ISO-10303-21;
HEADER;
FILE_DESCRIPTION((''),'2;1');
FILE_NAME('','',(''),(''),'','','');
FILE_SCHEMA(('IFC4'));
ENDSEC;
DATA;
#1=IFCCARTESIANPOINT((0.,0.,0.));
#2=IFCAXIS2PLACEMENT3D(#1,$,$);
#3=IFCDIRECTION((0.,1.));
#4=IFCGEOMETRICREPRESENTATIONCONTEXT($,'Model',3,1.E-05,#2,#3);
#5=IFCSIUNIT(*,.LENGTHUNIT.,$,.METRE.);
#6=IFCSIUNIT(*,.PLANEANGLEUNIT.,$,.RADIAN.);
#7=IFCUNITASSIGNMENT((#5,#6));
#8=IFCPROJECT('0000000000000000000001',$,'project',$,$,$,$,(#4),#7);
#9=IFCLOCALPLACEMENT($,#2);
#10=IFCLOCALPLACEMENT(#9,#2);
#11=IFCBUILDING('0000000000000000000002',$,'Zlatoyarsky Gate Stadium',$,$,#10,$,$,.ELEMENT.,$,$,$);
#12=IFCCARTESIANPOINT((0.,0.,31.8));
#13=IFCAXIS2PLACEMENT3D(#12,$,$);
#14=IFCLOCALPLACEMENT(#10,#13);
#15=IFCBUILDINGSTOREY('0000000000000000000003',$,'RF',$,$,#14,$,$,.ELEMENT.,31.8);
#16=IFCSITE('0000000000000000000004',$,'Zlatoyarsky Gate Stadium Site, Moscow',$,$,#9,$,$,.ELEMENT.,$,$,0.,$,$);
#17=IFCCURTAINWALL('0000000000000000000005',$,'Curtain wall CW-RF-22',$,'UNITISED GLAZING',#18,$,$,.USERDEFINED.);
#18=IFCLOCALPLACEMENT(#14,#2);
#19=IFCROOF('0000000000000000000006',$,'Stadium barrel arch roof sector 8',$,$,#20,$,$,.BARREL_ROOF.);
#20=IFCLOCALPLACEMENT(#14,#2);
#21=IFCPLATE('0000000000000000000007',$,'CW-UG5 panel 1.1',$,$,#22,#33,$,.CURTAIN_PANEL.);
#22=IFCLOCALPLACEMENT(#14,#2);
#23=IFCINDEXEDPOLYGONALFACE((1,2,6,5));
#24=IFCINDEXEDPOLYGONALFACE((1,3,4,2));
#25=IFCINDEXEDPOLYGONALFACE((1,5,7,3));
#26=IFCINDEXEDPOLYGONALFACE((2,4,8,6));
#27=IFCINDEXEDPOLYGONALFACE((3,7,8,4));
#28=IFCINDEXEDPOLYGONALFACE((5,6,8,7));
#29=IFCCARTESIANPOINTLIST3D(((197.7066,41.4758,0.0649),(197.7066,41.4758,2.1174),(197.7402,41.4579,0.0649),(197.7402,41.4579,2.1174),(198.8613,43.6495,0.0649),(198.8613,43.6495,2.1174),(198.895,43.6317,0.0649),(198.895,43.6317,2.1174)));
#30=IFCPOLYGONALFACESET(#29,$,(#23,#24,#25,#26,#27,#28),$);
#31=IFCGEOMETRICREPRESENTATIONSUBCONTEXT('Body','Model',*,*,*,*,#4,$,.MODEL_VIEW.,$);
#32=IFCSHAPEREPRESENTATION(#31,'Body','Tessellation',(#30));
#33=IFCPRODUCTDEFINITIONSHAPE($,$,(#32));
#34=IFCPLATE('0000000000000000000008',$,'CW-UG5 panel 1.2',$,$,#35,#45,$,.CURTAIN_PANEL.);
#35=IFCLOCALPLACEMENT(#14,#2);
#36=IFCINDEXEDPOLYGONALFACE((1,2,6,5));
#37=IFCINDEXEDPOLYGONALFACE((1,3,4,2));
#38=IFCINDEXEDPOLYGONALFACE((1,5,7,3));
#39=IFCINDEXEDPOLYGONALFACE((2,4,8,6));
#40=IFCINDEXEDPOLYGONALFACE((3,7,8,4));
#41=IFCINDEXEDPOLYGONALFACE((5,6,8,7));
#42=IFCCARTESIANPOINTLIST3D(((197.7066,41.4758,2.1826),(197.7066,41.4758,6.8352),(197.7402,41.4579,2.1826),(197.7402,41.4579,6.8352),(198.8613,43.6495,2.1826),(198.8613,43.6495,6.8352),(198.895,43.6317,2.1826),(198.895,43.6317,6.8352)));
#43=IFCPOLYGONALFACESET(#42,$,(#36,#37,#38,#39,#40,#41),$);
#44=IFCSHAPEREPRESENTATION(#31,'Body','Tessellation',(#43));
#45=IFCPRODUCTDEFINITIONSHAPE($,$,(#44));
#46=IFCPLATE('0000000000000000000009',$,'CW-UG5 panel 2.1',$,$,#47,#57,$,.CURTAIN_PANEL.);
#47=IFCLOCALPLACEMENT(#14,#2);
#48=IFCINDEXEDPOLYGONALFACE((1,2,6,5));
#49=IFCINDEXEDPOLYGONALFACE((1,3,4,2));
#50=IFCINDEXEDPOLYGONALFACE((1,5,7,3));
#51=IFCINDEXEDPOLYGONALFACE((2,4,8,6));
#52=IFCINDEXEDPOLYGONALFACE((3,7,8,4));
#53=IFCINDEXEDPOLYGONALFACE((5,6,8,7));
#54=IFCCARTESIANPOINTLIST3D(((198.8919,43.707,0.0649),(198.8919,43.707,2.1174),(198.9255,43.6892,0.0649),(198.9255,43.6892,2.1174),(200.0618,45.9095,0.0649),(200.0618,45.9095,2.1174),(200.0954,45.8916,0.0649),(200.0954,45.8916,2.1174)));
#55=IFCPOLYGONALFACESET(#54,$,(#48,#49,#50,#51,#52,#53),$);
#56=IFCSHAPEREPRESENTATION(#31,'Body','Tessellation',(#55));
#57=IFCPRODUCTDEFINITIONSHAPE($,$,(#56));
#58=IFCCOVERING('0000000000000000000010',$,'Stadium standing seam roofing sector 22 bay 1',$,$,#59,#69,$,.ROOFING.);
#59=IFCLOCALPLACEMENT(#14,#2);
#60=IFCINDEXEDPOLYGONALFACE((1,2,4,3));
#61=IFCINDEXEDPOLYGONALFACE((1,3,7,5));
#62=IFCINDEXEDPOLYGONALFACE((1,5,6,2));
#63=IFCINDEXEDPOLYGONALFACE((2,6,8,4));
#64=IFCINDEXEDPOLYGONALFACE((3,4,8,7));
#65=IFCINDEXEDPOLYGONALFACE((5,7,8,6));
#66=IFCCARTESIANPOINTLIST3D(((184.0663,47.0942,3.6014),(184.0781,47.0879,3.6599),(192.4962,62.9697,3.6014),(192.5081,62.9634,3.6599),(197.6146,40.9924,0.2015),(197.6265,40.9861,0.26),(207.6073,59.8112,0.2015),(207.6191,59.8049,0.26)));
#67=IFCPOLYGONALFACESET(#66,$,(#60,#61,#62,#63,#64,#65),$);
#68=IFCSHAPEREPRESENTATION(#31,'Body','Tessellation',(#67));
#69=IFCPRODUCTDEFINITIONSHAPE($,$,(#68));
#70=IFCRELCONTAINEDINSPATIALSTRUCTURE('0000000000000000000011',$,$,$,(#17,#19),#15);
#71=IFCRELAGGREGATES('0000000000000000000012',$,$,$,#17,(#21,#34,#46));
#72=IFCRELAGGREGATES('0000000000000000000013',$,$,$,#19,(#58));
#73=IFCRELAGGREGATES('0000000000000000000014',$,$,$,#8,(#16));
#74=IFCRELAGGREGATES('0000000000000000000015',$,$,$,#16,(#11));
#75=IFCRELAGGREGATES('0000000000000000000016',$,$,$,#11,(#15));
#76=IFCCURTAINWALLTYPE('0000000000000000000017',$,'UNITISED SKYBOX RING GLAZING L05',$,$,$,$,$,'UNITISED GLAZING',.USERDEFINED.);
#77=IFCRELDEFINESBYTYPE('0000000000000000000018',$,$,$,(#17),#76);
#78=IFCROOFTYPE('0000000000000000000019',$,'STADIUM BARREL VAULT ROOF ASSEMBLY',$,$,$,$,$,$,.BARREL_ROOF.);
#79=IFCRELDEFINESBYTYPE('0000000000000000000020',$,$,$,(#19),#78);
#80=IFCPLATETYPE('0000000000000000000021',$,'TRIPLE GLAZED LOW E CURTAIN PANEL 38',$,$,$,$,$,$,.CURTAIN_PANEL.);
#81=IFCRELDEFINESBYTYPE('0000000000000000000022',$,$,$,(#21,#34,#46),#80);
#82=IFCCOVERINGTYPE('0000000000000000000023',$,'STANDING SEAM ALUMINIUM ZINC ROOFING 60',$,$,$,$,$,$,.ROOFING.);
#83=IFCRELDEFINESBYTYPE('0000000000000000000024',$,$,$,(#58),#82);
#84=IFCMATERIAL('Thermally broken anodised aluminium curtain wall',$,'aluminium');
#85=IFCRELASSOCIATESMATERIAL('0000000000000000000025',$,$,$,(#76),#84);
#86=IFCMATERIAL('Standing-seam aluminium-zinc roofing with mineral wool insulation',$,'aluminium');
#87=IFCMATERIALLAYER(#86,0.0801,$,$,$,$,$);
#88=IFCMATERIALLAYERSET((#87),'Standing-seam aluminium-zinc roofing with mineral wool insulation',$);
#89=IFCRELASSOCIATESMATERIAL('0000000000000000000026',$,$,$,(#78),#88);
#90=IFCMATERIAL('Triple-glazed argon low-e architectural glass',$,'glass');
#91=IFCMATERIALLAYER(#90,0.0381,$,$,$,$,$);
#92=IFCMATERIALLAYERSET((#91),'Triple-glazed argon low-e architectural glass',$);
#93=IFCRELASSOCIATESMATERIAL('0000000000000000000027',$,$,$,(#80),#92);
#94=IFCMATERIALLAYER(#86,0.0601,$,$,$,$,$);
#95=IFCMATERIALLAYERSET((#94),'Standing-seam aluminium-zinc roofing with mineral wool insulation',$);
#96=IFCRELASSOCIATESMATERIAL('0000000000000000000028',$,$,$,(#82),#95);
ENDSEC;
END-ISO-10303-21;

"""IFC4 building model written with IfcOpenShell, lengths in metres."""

from ifc_helpers import new_model, si_unit, direction, frame, origin, origin_2d, place, context, subcontext, project, spatial, polyline, rectangle, outline, extrude, material, layer, layer_set, type_object, element, aggregate, save


model = new_model("IFC4")

# Units and contexts
model_context = context("Model", 3, precision=1e-05, world=origin(), true_north=direction((0.0, 1.0)))
body_context = subcontext(model_context, "Body", "Model", "MODEL_VIEW")
ifc_project = project(units=[si_unit("LENGTHUNIT", "METRE"), si_unit("PLANEANGLEUNIT", "RADIAN")], contexts=[model_context])

# Site, building, storey
site_placement = place(None, origin())
site = spatial("IfcSite", under=ifc_project, at=site_placement, Name="Zlatoyarsky Gate Stadium Site, Moscow", CompositionType="ELEMENT", RefElevation=0.0)
building_placement = place(site_placement, origin())
building = spatial("IfcBuilding", under=site, at=building_placement, Name="Zlatoyarsky Gate Stadium", CompositionType="ELEMENT")
storey_placement = place(building_placement, frame((0.0, 0.0, 31.8)))
storey = spatial("IfcBuildingStorey", under=building, at=storey_placement, Name="RF", CompositionType="ELEMENT", Elevation=31.8)

# Curtain wall
ifc_material_1 = material(Name="Thermally broken anodised aluminium curtain wall", Category="aluminium")
curtain_wall_type = type_object("IfcCurtainWallType", Name="UNITISED SKYBOX RING GLAZING L05", ElementType="UNITISED GLAZING", PredefinedType="USERDEFINED", material=ifc_material_1)
curtain_wall_1_placement = place(storey_placement, origin())
curtain_wall_1 = element("IfcCurtainWall", 1, at=curtain_wall_1_placement, inside=storey, type_object=curtain_wall_type, Name="Curtain wall CW-RF-22", ObjectType="UNITISED GLAZING", PredefinedType="USERDEFINED")

# Roof
ifc_material_2 = material(Name="Standing-seam aluminium-zinc roofing with mineral wool insulation", Category="aluminium")
ifc_layer_1 = layer(ifc_material_2, 0.0801)
ifc_layer_set_1 = layer_set([ifc_layer_1], Name="Standing-seam aluminium-zinc roofing with mineral wool insulation")
roof_type = type_object("IfcRoofType", Name="STADIUM BARREL VAULT ROOF ASSEMBLY", PredefinedType="BARREL_ROOF", material=ifc_layer_set_1)
roof_placement = place(storey_placement, origin())
roof = element("IfcRoof", 2, at=roof_placement, inside=storey, type_object=roof_type, Name="Stadium barrel arch roof sector 8", PredefinedType="BARREL_ROOF")

# Plates
ifc_material_3 = material(Name="Triple-glazed argon low-e architectural glass", Category="glass")
ifc_layer_2 = layer(ifc_material_3, 0.0381)
ifc_layer_set_2 = layer_set([ifc_layer_2], Name="Triple-glazed argon low-e architectural glass")
plate_type_1 = type_object("IfcPlateType", Name="TRIPLE GLAZED LOW E CURTAIN PANEL 38", PredefinedType="CURTAIN_PANEL", material=ifc_layer_set_2)
plate_1_placement = place(storey_placement, frame((198.3008, 42.5537, 0.0649), z_axis=(0.0, 0.0, 1.0), x_axis=(0.469127, 0.883131, 0.0)))
plate_1 = element("IfcPlate", 3, at=plate_1_placement, type_object=plate_type_1, Name="CW-UG5 panel 1.1", PredefinedType="CURTAIN_PANEL", context=body_context, shape_type="SweptSolid", body=[
    extrude(rectangle(XDim=2.4614, YDim=0.0381, at=origin_2d()), origin(), (0.0, 0.0, 1.0), 2.0525),
])
plate_2_placement = place(storey_placement, frame((198.3008, 42.5537, 2.1826), z_axis=(0.0, 0.0, 1.0), x_axis=(0.469127, 0.883131, 0.0)))
plate_2 = element("IfcPlate", 4, at=plate_2_placement, type_object=plate_type_1, Name="CW-UG5 panel 1.2", PredefinedType="CURTAIN_PANEL", context=body_context, shape_type="SweptSolid", body=[
    extrude(rectangle(XDim=2.4614, YDim=0.0381, at=origin_2d()), origin(), (0.0, 0.0, 1.0), 4.6526),
])
plate_3_placement = place(storey_placement, frame((199.4937, 44.7993, 0.0649), z_axis=(0.0, 0.0, 1.0), x_axis=(0.469127, 0.883131, 0.0)))
plate_3 = element("IfcPlate", 5, at=plate_3_placement, type_object=plate_type_1, Name="CW-UG5 panel 2.1", PredefinedType="CURTAIN_PANEL", context=body_context, shape_type="SweptSolid", body=[
    extrude(rectangle(XDim=2.4939, YDim=0.0381, at=origin_2d()), origin(), (0.0, 0.0, 1.0), 2.0525),
])
aggregate(curtain_wall_1, [plate_1, plate_2, plate_3])

# Covering
ifc_layer_3 = layer(ifc_material_2, 0.0601)
ifc_layer_set_3 = layer_set([ifc_layer_3], Name="Standing-seam aluminium-zinc roofing with mineral wool insulation")
covering_type = type_object("IfcCoveringType", Name="STANDING SEAM ALUMINIUM ZINC ROOFING 60", PredefinedType="ROOFING", material=ifc_layer_set_3)
covering_placement = place(storey_placement, frame((197.6265, 40.9861, 0.26), z_axis=(0.197394, -0.104815, 0.974705), x_axis=(0.468978, 0.88321, 0.000001)))
covering = element("IfcCovering", 6, at=covering_placement, type_object=covering_type, Name="Stadium standing seam roofing sector 22 bay 1", PredefinedType="ROOFING", context=body_context, shape_type="SweptSolid", body=[
    extrude(outline(polyline([(0.0, 0.0), (21.3073, 0.0), (17.0101, 15.2123), (-0.9647, 15.2124), (0.0, 0.0)])), origin(), (0.0, 0.0, -1.0), 0.0601),
])
aggregate(roof, [covering])

save(model, "model.ifc")
